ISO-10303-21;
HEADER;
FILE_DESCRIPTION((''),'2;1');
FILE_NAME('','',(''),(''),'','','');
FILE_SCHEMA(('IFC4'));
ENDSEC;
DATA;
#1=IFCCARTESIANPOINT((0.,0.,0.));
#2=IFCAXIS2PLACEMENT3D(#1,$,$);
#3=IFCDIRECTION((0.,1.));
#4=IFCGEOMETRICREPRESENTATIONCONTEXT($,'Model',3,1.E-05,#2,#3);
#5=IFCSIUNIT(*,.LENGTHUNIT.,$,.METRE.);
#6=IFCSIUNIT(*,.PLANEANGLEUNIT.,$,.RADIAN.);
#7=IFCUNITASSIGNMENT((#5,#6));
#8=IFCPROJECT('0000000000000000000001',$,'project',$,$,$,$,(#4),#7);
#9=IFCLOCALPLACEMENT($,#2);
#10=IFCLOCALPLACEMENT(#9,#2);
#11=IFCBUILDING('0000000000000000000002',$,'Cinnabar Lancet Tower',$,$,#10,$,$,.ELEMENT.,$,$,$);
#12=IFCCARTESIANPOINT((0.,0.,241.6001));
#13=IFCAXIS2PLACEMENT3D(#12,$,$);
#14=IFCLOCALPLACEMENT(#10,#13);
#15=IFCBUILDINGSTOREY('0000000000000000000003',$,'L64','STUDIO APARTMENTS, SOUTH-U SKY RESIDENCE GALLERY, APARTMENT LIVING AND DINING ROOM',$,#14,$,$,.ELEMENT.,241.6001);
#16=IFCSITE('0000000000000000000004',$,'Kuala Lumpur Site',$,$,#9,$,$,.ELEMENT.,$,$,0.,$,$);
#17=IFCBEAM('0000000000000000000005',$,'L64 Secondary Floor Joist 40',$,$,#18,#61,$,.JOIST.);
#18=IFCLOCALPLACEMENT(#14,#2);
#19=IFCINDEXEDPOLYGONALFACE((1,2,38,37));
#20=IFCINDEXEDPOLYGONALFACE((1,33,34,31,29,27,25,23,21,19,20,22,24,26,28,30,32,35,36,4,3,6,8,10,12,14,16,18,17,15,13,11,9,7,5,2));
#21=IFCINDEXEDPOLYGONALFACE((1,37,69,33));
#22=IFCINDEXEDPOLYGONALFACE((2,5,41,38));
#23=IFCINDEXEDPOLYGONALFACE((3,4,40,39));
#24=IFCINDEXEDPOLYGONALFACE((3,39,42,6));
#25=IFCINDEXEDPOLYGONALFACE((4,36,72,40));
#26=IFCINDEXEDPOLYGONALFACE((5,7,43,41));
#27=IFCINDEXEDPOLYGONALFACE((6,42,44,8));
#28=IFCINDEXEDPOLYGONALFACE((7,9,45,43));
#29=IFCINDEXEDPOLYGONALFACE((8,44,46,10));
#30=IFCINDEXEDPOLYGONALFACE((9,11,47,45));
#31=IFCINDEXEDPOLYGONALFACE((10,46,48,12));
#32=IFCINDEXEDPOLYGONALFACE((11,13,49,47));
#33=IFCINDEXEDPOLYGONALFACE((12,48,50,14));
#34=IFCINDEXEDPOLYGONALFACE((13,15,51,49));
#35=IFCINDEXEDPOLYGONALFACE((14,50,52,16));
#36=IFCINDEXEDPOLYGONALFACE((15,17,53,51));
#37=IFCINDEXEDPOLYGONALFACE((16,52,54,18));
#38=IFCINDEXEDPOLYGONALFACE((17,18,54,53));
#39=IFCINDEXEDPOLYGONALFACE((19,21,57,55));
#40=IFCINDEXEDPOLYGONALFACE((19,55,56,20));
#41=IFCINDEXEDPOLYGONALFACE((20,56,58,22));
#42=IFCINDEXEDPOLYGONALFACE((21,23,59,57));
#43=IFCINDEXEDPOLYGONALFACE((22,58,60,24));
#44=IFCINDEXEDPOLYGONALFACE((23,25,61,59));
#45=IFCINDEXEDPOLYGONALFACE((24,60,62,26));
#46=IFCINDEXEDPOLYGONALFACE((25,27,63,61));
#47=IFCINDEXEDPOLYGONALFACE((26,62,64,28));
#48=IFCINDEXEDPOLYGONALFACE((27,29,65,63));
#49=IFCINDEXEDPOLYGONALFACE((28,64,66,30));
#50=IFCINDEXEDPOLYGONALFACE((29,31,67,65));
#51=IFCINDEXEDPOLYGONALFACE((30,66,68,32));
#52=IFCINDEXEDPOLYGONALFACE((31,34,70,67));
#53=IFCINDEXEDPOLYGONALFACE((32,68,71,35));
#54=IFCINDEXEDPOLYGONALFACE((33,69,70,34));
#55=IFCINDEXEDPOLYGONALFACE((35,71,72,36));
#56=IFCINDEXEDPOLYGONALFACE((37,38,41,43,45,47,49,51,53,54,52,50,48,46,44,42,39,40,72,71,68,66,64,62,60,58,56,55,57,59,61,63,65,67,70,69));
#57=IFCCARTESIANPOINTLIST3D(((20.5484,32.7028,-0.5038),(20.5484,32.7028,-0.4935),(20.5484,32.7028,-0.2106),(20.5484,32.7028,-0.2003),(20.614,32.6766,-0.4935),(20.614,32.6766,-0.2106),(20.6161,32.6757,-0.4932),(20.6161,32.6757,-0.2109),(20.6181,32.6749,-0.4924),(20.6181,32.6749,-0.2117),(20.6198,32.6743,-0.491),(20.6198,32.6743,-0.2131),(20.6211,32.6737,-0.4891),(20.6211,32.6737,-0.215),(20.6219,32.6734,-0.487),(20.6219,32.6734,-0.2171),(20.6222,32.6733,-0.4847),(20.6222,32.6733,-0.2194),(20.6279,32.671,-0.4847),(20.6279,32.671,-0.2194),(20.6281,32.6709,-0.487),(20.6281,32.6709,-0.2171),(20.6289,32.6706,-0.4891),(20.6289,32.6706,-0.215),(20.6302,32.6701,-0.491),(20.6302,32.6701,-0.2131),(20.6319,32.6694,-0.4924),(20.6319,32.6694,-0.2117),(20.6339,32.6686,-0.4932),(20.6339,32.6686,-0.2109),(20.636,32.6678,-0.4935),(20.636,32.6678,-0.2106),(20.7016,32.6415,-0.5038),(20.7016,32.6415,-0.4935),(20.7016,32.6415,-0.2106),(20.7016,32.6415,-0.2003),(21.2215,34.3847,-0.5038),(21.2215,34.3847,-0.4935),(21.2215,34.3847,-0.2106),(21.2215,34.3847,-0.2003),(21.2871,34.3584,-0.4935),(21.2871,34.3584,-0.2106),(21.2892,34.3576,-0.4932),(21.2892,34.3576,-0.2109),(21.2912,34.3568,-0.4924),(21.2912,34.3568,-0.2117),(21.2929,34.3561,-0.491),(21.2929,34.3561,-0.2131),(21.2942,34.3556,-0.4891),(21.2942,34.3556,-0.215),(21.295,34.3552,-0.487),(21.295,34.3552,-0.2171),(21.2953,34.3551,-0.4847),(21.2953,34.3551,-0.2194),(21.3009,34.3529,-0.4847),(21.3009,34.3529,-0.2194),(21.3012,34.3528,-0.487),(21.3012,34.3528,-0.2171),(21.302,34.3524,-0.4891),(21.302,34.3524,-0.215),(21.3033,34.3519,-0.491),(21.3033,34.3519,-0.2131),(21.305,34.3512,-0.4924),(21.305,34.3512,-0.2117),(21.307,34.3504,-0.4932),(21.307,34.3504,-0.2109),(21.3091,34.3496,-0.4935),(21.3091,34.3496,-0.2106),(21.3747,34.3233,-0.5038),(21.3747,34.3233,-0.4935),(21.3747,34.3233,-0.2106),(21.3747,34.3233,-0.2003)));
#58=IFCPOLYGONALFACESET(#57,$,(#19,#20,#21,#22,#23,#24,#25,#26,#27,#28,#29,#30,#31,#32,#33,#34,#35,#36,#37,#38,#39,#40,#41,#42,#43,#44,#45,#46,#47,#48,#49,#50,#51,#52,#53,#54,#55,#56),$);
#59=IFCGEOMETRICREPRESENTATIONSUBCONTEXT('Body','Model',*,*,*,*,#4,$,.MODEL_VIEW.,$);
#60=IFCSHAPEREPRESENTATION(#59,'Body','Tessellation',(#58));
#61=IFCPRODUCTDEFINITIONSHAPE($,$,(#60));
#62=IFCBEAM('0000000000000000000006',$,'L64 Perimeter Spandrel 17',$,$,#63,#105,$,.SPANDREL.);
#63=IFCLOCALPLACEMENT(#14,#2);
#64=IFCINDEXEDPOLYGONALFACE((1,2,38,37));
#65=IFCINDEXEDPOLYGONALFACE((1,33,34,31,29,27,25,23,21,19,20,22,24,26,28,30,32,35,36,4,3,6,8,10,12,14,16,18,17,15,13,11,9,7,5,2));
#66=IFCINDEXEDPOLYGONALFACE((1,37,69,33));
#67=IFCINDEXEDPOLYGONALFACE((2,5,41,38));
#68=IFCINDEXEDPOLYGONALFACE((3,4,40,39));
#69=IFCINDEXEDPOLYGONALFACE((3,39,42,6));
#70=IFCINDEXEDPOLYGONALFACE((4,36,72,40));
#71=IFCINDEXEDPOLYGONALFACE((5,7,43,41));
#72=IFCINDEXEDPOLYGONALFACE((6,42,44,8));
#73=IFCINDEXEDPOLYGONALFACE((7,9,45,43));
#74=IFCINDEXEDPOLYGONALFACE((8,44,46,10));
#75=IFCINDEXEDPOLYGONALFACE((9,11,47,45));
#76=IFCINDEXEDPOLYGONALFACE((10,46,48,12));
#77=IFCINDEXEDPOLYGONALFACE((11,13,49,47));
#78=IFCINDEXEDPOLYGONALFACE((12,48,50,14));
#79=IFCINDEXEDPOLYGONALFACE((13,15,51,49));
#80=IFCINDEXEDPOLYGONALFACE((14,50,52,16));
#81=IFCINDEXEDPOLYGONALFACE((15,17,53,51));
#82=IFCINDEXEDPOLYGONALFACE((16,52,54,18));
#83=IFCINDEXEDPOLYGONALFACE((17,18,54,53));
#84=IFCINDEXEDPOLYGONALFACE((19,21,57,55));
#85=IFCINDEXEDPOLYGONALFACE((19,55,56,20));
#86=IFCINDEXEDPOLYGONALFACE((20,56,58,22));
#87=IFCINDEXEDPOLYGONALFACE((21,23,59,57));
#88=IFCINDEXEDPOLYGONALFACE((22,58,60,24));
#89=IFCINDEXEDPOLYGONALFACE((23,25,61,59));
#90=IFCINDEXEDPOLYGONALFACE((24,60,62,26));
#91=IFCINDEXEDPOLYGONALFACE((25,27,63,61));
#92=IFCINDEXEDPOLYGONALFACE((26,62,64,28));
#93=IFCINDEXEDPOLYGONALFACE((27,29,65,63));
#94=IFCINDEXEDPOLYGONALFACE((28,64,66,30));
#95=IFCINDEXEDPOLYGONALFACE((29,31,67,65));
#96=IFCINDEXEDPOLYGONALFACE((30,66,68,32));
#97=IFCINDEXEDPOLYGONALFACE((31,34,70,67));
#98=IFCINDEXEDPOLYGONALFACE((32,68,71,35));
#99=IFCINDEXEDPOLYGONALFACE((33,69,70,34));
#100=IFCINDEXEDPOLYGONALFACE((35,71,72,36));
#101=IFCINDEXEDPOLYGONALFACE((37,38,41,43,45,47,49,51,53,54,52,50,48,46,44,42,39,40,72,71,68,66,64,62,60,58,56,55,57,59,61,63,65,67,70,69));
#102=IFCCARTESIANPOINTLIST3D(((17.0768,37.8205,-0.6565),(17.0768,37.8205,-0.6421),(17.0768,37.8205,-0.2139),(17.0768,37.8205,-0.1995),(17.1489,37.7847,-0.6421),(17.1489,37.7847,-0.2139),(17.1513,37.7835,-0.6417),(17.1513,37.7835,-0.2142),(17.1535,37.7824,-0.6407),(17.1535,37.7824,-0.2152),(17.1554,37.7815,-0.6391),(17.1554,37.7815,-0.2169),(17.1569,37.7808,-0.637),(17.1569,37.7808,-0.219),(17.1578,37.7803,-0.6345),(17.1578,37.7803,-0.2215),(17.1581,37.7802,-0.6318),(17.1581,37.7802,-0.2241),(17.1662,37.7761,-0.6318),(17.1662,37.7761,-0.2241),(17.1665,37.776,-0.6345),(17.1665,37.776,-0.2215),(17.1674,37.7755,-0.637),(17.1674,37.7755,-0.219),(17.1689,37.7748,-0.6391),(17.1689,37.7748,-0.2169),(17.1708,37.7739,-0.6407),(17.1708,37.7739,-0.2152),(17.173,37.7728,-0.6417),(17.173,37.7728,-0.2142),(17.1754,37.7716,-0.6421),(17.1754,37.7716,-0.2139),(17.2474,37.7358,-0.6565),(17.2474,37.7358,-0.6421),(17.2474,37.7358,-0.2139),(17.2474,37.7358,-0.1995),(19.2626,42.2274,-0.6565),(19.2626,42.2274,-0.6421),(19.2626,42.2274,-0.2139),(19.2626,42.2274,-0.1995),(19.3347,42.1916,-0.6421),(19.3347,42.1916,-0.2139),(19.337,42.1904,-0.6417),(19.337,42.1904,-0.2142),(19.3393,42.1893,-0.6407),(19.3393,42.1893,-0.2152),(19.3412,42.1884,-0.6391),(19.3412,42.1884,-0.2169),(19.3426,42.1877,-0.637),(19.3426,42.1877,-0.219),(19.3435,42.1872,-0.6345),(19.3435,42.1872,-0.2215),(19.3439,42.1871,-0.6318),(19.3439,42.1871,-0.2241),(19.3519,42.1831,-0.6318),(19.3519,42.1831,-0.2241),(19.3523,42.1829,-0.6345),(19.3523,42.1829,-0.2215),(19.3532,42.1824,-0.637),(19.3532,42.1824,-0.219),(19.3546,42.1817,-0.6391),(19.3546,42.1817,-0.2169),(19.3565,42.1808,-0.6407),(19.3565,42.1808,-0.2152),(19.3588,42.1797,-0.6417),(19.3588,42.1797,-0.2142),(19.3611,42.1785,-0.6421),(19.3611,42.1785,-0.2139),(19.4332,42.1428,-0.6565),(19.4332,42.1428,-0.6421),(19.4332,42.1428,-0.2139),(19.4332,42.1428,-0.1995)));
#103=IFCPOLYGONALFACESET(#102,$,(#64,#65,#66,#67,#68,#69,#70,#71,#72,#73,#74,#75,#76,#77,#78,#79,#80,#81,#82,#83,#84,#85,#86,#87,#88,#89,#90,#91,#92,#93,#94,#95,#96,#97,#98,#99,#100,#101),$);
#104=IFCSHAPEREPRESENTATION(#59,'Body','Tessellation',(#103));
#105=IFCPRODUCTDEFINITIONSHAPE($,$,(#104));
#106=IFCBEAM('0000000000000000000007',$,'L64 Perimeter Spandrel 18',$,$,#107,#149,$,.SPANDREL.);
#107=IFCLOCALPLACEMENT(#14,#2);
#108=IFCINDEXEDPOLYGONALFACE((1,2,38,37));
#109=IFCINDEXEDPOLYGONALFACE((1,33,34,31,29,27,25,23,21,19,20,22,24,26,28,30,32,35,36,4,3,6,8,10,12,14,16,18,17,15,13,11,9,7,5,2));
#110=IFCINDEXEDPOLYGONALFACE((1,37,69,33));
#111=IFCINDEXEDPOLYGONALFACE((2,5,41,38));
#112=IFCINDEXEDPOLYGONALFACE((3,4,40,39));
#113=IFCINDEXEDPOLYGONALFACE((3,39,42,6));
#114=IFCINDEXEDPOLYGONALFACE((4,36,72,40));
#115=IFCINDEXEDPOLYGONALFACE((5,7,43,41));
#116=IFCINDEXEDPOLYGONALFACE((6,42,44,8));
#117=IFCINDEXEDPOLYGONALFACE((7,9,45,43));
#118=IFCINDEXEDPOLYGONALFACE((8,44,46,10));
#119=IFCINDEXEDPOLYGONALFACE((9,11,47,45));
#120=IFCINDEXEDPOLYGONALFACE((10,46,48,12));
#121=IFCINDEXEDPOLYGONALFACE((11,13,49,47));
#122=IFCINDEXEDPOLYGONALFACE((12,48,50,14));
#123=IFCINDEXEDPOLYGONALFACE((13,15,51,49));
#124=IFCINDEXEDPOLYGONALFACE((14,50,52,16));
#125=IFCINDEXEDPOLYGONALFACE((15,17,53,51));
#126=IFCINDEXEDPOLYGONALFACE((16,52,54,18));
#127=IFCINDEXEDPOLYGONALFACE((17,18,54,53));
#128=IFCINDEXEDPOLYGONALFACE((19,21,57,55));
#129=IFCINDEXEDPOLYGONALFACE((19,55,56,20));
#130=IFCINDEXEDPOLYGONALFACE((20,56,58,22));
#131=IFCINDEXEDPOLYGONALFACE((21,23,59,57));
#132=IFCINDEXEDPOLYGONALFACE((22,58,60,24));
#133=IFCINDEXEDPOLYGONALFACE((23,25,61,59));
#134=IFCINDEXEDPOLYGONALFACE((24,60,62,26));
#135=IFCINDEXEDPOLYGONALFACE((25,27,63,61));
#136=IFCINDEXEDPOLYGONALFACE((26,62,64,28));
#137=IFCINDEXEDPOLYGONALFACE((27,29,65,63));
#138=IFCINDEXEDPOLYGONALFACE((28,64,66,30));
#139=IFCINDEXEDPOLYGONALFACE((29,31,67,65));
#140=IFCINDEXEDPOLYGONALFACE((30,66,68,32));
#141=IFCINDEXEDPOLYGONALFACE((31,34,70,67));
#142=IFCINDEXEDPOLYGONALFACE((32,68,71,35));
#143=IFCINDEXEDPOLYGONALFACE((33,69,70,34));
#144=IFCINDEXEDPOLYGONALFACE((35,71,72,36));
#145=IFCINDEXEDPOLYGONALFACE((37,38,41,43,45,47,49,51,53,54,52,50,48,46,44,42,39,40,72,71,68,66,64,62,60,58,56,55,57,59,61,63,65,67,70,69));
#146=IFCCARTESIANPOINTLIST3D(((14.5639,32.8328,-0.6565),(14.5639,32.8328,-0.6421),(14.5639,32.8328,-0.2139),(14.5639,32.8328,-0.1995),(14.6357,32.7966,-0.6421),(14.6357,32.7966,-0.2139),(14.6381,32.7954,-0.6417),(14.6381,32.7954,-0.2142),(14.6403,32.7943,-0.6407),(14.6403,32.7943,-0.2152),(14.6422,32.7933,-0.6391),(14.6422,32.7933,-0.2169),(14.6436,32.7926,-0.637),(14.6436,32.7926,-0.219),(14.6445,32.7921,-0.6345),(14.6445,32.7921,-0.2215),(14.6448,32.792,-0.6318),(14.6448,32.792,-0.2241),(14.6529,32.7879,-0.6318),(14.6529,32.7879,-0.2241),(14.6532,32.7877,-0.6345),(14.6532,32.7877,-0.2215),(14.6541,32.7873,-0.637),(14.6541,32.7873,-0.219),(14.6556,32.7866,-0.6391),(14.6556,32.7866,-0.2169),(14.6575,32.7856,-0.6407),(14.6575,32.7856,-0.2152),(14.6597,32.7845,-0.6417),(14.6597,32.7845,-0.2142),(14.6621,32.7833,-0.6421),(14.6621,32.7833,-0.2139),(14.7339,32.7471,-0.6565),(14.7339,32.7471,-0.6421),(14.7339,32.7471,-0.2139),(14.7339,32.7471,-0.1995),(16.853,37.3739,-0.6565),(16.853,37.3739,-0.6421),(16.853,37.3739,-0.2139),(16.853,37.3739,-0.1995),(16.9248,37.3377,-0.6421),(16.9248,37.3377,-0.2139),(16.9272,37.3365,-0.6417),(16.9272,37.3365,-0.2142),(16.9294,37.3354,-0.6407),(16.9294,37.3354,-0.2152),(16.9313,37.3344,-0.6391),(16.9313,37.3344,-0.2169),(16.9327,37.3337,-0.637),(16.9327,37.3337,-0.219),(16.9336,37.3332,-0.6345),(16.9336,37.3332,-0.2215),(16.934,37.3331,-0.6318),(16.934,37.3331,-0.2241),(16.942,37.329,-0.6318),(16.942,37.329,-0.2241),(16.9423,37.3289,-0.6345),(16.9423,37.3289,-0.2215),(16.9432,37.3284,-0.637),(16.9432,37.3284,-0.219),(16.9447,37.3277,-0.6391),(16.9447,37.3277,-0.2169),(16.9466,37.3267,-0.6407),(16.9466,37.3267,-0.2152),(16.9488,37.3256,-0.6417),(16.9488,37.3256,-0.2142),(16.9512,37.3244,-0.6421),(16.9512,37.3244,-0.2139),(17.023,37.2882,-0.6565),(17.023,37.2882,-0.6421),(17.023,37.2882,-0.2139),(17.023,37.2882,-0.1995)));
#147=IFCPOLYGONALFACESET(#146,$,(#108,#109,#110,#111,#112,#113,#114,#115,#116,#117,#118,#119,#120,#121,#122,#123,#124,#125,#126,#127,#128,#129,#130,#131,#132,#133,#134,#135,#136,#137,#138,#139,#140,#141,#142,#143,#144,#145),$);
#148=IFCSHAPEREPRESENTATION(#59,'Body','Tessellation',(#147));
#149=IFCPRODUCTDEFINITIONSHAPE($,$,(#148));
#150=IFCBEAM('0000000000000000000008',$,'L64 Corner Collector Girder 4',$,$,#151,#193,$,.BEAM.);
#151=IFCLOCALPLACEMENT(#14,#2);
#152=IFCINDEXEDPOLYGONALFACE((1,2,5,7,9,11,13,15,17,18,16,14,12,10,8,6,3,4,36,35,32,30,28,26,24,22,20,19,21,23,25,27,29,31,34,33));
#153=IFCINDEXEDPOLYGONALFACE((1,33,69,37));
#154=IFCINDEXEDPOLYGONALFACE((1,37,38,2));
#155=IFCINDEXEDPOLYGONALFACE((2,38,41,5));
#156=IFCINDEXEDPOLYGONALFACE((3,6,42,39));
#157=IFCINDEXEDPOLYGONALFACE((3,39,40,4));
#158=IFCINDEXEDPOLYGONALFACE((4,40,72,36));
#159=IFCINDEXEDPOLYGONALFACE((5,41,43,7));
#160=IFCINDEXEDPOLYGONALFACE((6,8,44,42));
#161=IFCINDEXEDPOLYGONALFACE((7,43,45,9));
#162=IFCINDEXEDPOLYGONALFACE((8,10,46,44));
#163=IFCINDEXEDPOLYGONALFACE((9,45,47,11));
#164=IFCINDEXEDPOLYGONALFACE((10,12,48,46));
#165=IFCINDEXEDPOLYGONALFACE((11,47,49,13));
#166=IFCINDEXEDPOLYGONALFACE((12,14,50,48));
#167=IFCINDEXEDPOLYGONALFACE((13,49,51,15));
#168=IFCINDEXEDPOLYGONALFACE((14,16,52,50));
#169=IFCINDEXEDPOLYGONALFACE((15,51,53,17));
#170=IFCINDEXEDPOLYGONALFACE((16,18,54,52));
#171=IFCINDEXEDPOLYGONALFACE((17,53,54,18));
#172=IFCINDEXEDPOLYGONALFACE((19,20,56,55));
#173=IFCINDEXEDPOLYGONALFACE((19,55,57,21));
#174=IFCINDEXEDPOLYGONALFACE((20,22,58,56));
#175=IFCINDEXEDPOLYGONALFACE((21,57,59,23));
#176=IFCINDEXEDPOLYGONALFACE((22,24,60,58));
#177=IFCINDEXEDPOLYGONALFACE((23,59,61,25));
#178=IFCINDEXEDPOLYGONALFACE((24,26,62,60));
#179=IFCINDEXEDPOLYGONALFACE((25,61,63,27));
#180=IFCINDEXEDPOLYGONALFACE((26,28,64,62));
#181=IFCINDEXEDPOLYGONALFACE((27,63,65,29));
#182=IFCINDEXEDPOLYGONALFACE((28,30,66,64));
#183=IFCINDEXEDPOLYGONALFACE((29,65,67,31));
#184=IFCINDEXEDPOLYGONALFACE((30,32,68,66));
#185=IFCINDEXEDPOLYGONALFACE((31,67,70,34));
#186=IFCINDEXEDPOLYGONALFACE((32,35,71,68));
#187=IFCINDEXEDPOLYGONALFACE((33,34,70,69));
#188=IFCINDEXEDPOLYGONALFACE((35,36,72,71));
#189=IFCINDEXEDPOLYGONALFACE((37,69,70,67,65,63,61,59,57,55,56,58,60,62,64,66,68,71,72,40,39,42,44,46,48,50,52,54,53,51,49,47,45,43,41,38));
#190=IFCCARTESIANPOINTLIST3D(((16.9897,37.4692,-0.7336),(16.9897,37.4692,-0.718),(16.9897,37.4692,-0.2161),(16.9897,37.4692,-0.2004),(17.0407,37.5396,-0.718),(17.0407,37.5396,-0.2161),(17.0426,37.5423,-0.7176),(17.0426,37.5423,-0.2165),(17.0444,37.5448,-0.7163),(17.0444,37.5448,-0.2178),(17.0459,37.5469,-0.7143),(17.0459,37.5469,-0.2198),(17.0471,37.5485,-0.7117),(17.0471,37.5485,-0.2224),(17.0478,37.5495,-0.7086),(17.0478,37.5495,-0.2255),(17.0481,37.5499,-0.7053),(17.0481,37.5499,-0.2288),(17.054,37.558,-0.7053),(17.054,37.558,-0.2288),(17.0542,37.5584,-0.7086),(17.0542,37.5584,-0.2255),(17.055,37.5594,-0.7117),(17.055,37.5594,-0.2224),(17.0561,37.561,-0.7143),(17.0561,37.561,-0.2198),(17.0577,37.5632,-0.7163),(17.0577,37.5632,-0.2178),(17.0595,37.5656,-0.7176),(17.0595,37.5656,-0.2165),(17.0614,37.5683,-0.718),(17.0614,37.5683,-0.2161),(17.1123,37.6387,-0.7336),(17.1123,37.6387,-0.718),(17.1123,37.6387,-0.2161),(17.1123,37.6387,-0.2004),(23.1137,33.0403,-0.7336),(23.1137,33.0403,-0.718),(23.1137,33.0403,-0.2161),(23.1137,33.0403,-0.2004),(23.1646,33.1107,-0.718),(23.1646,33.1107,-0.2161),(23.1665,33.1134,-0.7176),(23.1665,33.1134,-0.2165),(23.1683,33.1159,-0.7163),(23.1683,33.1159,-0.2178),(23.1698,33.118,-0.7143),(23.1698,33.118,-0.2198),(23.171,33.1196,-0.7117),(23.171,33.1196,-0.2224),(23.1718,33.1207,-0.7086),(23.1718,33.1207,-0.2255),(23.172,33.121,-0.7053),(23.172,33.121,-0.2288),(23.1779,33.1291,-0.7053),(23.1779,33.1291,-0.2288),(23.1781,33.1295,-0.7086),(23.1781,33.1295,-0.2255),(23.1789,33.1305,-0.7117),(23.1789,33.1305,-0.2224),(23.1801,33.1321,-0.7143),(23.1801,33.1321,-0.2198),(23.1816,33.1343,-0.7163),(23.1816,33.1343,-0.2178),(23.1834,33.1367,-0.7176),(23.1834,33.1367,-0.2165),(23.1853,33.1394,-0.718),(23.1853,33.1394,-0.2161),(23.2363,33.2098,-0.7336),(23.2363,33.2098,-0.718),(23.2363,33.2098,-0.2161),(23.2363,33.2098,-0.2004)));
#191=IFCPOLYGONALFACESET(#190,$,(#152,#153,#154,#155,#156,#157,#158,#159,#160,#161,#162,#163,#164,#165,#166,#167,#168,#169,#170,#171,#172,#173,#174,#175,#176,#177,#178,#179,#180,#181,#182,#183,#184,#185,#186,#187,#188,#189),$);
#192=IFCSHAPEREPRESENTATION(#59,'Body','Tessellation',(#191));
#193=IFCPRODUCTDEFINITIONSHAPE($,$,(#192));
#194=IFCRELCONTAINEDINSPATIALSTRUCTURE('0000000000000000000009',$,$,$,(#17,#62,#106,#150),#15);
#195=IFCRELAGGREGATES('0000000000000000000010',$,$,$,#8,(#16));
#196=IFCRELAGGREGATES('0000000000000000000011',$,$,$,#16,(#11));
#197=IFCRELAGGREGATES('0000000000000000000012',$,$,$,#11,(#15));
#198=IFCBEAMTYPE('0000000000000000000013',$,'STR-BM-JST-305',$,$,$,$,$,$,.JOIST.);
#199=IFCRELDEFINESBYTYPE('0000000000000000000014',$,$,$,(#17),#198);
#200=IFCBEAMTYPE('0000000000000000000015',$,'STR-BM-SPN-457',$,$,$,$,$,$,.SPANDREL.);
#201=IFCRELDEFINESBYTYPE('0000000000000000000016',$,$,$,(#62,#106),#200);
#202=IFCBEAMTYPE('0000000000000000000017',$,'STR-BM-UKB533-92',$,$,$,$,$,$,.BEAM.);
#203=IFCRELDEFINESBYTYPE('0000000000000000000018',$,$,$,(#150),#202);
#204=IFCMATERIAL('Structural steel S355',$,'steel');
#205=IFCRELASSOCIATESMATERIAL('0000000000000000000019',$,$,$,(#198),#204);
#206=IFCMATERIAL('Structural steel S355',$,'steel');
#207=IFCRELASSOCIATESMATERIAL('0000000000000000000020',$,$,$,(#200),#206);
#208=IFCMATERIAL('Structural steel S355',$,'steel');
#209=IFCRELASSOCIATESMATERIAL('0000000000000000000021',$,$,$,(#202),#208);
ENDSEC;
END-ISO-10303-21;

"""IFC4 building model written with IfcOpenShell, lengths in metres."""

from ifc_helpers import new_model, si_unit, direction, frame, origin, origin_2d, place, context, subcontext, project, spatial, i_section, extrude, material, material_profile, profile_set, type_object, element, save


model = new_model("IFC4")

# Units and contexts
model_context = context("Model", 3, precision=1e-05, world=origin(), true_north=direction((0.0, 1.0)))
body_context = subcontext(model_context, "Body", "Model", "MODEL_VIEW")
ifc_project = project(units=[si_unit("LENGTHUNIT", "METRE"), si_unit("PLANEANGLEUNIT", "RADIAN")], contexts=[model_context])

# Site, building, storey
site_placement = place(None, origin())
site = spatial("IfcSite", under=ifc_project, at=site_placement, Name="Kuala Lumpur Site", CompositionType="ELEMENT", RefElevation=0.0)
building_placement = place(site_placement, origin())
building = spatial("IfcBuilding", under=site, at=building_placement, Name="Cinnabar Lancet Tower", CompositionType="ELEMENT")
storey_placement = place(building_placement, frame((0.0, 0.0, 241.6001)))
storey = spatial("IfcBuildingStorey", under=building, at=storey_placement, Name="L64", Description="STUDIO APARTMENTS, SOUTH-U SKY RESIDENCE GALLERY, APARTMENT LIVING AND DINING ROOM", CompositionType="ELEMENT", Elevation=241.6001)

# Beams
ifc_material_1 = material(Name="Structural steel S355", Category="steel")
ifc_material_profile_1 = material_profile(ifc_material_1, i_section(OverallWidth=0.165, OverallDepth=0.3035, WebThickness=0.0061, FlangeThickness=0.0103, FilletRadius=0.0088, at=origin_2d()), Name="UKB 305x165x40")
ifc_profile_set_1 = profile_set([ifc_material_profile_1], Name="Structural steel S355")
beam_type_1 = type_object("IfcBeamType", Name="STR-BM-JST-305", PredefinedType="JOIST", material=ifc_profile_set_1)
beam_1_placement = place(storey_placement, frame((21.2981, 34.354, -0.3521), z_axis=(-0.371553, -0.928412, 0.0), x_axis=(0.928412, -0.371553, 0.0)))
element("IfcBeam", 1, at=beam_1_placement, inside=storey, type_object=beam_type_1, Name="L64 Secondary Floor Joist 40", PredefinedType="JOIST", context=body_context, shape_type="SweptSolid", body=[
    extrude(i_section(OverallWidth=0.165, OverallDepth=0.3035, WebThickness=0.0061, FlangeThickness=0.0103, FilletRadius=0.0088, at=origin_2d()), origin(), (0.0, 0.0, 1.0), 1.8115),
])
ifc_material_2 = material(Name="Structural steel S355", Category="steel")
ifc_material_profile_2 = material_profile(ifc_material_2, i_section(OverallWidth=0.1904, OverallDepth=0.457, WebThickness=0.009, FlangeThickness=0.0144, FilletRadius=0.0103, at=origin_2d()), Name="UKB 457x191x74")
ifc_profile_set_2 = profile_set([ifc_material_profile_2], Name="Structural steel S355")
beam_type_2 = type_object("IfcBeamType", Name="STR-BM-SPN-457", PredefinedType="SPANDREL", material=ifc_profile_set_2)
beam_2_placement = place(storey_placement, frame((19.3479, 42.1851, -0.428), z_axis=(-0.444333, -0.895862, 0.0), x_axis=(0.895862, -0.444333, 0.0)))
element("IfcBeam", 2, at=beam_2_placement, inside=storey, type_object=beam_type_2, Name="L64 Perimeter Spandrel 17", PredefinedType="SPANDREL", context=body_context, shape_type="SweptSolid", body=[
    extrude(i_section(OverallWidth=0.1904, OverallDepth=0.457, WebThickness=0.009, FlangeThickness=0.0144, FilletRadius=0.0103, at=origin_2d()), origin(), (0.0, 0.0, 1.0), 4.9192),
])
beam_3_placement = place(storey_placement, frame((16.938, 37.3311, -0.428), z_axis=(-0.45013, -0.892963, 0.0), x_axis=(0.892963, -0.45013, 0.0)))
element("IfcBeam", 3, at=beam_3_placement, inside=storey, type_object=beam_type_2, Name="L64 Perimeter Spandrel 18", PredefinedType="SPANDREL", context=body_context, shape_type="SweptSolid", body=[
    extrude(i_section(OverallWidth=0.1904, OverallDepth=0.457, WebThickness=0.009, FlangeThickness=0.0144, FilletRadius=0.0103, at=origin_2d()), origin(), (0.0, 0.0, 1.0), 5.0854),
])
ifc_material_3 = material(Name="Structural steel S355", Category="steel")
ifc_material_profile_3 = material_profile(ifc_material_3, i_section(OverallWidth=0.2092, OverallDepth=0.5332, WebThickness=0.01, FlangeThickness=0.0156, FilletRadius=0.0127, at=origin_2d()), Name="UKB 533x210x92")
ifc_profile_set_3 = profile_set([ifc_material_profile_3], Name="Structural steel S355")
beam_type_3 = type_object("IfcBeamType", Name="STR-BM-UKB533-92", PredefinedType="BEAM", material=ifc_profile_set_3)
beam_4_placement = place(storey_placement, frame((17.051, 37.554, -0.467), z_axis=(0.810299, -0.586016, 0.0), x_axis=(0.586016, 0.810299, 0.0)))
element("IfcBeam", 4, at=beam_4_placement, inside=storey, type_object=beam_type_3, Name="L64 Corner Collector Girder 4", PredefinedType="BEAM", context=body_context, shape_type="SweptSolid", body=[
    extrude(i_section(OverallWidth=0.2092, OverallDepth=0.5332, WebThickness=0.01, FlangeThickness=0.0156, FilletRadius=0.0127, at=origin_2d()), origin(), (0.0, 0.0, 1.0), 7.5576),
])

save(model, "model.ifc")
